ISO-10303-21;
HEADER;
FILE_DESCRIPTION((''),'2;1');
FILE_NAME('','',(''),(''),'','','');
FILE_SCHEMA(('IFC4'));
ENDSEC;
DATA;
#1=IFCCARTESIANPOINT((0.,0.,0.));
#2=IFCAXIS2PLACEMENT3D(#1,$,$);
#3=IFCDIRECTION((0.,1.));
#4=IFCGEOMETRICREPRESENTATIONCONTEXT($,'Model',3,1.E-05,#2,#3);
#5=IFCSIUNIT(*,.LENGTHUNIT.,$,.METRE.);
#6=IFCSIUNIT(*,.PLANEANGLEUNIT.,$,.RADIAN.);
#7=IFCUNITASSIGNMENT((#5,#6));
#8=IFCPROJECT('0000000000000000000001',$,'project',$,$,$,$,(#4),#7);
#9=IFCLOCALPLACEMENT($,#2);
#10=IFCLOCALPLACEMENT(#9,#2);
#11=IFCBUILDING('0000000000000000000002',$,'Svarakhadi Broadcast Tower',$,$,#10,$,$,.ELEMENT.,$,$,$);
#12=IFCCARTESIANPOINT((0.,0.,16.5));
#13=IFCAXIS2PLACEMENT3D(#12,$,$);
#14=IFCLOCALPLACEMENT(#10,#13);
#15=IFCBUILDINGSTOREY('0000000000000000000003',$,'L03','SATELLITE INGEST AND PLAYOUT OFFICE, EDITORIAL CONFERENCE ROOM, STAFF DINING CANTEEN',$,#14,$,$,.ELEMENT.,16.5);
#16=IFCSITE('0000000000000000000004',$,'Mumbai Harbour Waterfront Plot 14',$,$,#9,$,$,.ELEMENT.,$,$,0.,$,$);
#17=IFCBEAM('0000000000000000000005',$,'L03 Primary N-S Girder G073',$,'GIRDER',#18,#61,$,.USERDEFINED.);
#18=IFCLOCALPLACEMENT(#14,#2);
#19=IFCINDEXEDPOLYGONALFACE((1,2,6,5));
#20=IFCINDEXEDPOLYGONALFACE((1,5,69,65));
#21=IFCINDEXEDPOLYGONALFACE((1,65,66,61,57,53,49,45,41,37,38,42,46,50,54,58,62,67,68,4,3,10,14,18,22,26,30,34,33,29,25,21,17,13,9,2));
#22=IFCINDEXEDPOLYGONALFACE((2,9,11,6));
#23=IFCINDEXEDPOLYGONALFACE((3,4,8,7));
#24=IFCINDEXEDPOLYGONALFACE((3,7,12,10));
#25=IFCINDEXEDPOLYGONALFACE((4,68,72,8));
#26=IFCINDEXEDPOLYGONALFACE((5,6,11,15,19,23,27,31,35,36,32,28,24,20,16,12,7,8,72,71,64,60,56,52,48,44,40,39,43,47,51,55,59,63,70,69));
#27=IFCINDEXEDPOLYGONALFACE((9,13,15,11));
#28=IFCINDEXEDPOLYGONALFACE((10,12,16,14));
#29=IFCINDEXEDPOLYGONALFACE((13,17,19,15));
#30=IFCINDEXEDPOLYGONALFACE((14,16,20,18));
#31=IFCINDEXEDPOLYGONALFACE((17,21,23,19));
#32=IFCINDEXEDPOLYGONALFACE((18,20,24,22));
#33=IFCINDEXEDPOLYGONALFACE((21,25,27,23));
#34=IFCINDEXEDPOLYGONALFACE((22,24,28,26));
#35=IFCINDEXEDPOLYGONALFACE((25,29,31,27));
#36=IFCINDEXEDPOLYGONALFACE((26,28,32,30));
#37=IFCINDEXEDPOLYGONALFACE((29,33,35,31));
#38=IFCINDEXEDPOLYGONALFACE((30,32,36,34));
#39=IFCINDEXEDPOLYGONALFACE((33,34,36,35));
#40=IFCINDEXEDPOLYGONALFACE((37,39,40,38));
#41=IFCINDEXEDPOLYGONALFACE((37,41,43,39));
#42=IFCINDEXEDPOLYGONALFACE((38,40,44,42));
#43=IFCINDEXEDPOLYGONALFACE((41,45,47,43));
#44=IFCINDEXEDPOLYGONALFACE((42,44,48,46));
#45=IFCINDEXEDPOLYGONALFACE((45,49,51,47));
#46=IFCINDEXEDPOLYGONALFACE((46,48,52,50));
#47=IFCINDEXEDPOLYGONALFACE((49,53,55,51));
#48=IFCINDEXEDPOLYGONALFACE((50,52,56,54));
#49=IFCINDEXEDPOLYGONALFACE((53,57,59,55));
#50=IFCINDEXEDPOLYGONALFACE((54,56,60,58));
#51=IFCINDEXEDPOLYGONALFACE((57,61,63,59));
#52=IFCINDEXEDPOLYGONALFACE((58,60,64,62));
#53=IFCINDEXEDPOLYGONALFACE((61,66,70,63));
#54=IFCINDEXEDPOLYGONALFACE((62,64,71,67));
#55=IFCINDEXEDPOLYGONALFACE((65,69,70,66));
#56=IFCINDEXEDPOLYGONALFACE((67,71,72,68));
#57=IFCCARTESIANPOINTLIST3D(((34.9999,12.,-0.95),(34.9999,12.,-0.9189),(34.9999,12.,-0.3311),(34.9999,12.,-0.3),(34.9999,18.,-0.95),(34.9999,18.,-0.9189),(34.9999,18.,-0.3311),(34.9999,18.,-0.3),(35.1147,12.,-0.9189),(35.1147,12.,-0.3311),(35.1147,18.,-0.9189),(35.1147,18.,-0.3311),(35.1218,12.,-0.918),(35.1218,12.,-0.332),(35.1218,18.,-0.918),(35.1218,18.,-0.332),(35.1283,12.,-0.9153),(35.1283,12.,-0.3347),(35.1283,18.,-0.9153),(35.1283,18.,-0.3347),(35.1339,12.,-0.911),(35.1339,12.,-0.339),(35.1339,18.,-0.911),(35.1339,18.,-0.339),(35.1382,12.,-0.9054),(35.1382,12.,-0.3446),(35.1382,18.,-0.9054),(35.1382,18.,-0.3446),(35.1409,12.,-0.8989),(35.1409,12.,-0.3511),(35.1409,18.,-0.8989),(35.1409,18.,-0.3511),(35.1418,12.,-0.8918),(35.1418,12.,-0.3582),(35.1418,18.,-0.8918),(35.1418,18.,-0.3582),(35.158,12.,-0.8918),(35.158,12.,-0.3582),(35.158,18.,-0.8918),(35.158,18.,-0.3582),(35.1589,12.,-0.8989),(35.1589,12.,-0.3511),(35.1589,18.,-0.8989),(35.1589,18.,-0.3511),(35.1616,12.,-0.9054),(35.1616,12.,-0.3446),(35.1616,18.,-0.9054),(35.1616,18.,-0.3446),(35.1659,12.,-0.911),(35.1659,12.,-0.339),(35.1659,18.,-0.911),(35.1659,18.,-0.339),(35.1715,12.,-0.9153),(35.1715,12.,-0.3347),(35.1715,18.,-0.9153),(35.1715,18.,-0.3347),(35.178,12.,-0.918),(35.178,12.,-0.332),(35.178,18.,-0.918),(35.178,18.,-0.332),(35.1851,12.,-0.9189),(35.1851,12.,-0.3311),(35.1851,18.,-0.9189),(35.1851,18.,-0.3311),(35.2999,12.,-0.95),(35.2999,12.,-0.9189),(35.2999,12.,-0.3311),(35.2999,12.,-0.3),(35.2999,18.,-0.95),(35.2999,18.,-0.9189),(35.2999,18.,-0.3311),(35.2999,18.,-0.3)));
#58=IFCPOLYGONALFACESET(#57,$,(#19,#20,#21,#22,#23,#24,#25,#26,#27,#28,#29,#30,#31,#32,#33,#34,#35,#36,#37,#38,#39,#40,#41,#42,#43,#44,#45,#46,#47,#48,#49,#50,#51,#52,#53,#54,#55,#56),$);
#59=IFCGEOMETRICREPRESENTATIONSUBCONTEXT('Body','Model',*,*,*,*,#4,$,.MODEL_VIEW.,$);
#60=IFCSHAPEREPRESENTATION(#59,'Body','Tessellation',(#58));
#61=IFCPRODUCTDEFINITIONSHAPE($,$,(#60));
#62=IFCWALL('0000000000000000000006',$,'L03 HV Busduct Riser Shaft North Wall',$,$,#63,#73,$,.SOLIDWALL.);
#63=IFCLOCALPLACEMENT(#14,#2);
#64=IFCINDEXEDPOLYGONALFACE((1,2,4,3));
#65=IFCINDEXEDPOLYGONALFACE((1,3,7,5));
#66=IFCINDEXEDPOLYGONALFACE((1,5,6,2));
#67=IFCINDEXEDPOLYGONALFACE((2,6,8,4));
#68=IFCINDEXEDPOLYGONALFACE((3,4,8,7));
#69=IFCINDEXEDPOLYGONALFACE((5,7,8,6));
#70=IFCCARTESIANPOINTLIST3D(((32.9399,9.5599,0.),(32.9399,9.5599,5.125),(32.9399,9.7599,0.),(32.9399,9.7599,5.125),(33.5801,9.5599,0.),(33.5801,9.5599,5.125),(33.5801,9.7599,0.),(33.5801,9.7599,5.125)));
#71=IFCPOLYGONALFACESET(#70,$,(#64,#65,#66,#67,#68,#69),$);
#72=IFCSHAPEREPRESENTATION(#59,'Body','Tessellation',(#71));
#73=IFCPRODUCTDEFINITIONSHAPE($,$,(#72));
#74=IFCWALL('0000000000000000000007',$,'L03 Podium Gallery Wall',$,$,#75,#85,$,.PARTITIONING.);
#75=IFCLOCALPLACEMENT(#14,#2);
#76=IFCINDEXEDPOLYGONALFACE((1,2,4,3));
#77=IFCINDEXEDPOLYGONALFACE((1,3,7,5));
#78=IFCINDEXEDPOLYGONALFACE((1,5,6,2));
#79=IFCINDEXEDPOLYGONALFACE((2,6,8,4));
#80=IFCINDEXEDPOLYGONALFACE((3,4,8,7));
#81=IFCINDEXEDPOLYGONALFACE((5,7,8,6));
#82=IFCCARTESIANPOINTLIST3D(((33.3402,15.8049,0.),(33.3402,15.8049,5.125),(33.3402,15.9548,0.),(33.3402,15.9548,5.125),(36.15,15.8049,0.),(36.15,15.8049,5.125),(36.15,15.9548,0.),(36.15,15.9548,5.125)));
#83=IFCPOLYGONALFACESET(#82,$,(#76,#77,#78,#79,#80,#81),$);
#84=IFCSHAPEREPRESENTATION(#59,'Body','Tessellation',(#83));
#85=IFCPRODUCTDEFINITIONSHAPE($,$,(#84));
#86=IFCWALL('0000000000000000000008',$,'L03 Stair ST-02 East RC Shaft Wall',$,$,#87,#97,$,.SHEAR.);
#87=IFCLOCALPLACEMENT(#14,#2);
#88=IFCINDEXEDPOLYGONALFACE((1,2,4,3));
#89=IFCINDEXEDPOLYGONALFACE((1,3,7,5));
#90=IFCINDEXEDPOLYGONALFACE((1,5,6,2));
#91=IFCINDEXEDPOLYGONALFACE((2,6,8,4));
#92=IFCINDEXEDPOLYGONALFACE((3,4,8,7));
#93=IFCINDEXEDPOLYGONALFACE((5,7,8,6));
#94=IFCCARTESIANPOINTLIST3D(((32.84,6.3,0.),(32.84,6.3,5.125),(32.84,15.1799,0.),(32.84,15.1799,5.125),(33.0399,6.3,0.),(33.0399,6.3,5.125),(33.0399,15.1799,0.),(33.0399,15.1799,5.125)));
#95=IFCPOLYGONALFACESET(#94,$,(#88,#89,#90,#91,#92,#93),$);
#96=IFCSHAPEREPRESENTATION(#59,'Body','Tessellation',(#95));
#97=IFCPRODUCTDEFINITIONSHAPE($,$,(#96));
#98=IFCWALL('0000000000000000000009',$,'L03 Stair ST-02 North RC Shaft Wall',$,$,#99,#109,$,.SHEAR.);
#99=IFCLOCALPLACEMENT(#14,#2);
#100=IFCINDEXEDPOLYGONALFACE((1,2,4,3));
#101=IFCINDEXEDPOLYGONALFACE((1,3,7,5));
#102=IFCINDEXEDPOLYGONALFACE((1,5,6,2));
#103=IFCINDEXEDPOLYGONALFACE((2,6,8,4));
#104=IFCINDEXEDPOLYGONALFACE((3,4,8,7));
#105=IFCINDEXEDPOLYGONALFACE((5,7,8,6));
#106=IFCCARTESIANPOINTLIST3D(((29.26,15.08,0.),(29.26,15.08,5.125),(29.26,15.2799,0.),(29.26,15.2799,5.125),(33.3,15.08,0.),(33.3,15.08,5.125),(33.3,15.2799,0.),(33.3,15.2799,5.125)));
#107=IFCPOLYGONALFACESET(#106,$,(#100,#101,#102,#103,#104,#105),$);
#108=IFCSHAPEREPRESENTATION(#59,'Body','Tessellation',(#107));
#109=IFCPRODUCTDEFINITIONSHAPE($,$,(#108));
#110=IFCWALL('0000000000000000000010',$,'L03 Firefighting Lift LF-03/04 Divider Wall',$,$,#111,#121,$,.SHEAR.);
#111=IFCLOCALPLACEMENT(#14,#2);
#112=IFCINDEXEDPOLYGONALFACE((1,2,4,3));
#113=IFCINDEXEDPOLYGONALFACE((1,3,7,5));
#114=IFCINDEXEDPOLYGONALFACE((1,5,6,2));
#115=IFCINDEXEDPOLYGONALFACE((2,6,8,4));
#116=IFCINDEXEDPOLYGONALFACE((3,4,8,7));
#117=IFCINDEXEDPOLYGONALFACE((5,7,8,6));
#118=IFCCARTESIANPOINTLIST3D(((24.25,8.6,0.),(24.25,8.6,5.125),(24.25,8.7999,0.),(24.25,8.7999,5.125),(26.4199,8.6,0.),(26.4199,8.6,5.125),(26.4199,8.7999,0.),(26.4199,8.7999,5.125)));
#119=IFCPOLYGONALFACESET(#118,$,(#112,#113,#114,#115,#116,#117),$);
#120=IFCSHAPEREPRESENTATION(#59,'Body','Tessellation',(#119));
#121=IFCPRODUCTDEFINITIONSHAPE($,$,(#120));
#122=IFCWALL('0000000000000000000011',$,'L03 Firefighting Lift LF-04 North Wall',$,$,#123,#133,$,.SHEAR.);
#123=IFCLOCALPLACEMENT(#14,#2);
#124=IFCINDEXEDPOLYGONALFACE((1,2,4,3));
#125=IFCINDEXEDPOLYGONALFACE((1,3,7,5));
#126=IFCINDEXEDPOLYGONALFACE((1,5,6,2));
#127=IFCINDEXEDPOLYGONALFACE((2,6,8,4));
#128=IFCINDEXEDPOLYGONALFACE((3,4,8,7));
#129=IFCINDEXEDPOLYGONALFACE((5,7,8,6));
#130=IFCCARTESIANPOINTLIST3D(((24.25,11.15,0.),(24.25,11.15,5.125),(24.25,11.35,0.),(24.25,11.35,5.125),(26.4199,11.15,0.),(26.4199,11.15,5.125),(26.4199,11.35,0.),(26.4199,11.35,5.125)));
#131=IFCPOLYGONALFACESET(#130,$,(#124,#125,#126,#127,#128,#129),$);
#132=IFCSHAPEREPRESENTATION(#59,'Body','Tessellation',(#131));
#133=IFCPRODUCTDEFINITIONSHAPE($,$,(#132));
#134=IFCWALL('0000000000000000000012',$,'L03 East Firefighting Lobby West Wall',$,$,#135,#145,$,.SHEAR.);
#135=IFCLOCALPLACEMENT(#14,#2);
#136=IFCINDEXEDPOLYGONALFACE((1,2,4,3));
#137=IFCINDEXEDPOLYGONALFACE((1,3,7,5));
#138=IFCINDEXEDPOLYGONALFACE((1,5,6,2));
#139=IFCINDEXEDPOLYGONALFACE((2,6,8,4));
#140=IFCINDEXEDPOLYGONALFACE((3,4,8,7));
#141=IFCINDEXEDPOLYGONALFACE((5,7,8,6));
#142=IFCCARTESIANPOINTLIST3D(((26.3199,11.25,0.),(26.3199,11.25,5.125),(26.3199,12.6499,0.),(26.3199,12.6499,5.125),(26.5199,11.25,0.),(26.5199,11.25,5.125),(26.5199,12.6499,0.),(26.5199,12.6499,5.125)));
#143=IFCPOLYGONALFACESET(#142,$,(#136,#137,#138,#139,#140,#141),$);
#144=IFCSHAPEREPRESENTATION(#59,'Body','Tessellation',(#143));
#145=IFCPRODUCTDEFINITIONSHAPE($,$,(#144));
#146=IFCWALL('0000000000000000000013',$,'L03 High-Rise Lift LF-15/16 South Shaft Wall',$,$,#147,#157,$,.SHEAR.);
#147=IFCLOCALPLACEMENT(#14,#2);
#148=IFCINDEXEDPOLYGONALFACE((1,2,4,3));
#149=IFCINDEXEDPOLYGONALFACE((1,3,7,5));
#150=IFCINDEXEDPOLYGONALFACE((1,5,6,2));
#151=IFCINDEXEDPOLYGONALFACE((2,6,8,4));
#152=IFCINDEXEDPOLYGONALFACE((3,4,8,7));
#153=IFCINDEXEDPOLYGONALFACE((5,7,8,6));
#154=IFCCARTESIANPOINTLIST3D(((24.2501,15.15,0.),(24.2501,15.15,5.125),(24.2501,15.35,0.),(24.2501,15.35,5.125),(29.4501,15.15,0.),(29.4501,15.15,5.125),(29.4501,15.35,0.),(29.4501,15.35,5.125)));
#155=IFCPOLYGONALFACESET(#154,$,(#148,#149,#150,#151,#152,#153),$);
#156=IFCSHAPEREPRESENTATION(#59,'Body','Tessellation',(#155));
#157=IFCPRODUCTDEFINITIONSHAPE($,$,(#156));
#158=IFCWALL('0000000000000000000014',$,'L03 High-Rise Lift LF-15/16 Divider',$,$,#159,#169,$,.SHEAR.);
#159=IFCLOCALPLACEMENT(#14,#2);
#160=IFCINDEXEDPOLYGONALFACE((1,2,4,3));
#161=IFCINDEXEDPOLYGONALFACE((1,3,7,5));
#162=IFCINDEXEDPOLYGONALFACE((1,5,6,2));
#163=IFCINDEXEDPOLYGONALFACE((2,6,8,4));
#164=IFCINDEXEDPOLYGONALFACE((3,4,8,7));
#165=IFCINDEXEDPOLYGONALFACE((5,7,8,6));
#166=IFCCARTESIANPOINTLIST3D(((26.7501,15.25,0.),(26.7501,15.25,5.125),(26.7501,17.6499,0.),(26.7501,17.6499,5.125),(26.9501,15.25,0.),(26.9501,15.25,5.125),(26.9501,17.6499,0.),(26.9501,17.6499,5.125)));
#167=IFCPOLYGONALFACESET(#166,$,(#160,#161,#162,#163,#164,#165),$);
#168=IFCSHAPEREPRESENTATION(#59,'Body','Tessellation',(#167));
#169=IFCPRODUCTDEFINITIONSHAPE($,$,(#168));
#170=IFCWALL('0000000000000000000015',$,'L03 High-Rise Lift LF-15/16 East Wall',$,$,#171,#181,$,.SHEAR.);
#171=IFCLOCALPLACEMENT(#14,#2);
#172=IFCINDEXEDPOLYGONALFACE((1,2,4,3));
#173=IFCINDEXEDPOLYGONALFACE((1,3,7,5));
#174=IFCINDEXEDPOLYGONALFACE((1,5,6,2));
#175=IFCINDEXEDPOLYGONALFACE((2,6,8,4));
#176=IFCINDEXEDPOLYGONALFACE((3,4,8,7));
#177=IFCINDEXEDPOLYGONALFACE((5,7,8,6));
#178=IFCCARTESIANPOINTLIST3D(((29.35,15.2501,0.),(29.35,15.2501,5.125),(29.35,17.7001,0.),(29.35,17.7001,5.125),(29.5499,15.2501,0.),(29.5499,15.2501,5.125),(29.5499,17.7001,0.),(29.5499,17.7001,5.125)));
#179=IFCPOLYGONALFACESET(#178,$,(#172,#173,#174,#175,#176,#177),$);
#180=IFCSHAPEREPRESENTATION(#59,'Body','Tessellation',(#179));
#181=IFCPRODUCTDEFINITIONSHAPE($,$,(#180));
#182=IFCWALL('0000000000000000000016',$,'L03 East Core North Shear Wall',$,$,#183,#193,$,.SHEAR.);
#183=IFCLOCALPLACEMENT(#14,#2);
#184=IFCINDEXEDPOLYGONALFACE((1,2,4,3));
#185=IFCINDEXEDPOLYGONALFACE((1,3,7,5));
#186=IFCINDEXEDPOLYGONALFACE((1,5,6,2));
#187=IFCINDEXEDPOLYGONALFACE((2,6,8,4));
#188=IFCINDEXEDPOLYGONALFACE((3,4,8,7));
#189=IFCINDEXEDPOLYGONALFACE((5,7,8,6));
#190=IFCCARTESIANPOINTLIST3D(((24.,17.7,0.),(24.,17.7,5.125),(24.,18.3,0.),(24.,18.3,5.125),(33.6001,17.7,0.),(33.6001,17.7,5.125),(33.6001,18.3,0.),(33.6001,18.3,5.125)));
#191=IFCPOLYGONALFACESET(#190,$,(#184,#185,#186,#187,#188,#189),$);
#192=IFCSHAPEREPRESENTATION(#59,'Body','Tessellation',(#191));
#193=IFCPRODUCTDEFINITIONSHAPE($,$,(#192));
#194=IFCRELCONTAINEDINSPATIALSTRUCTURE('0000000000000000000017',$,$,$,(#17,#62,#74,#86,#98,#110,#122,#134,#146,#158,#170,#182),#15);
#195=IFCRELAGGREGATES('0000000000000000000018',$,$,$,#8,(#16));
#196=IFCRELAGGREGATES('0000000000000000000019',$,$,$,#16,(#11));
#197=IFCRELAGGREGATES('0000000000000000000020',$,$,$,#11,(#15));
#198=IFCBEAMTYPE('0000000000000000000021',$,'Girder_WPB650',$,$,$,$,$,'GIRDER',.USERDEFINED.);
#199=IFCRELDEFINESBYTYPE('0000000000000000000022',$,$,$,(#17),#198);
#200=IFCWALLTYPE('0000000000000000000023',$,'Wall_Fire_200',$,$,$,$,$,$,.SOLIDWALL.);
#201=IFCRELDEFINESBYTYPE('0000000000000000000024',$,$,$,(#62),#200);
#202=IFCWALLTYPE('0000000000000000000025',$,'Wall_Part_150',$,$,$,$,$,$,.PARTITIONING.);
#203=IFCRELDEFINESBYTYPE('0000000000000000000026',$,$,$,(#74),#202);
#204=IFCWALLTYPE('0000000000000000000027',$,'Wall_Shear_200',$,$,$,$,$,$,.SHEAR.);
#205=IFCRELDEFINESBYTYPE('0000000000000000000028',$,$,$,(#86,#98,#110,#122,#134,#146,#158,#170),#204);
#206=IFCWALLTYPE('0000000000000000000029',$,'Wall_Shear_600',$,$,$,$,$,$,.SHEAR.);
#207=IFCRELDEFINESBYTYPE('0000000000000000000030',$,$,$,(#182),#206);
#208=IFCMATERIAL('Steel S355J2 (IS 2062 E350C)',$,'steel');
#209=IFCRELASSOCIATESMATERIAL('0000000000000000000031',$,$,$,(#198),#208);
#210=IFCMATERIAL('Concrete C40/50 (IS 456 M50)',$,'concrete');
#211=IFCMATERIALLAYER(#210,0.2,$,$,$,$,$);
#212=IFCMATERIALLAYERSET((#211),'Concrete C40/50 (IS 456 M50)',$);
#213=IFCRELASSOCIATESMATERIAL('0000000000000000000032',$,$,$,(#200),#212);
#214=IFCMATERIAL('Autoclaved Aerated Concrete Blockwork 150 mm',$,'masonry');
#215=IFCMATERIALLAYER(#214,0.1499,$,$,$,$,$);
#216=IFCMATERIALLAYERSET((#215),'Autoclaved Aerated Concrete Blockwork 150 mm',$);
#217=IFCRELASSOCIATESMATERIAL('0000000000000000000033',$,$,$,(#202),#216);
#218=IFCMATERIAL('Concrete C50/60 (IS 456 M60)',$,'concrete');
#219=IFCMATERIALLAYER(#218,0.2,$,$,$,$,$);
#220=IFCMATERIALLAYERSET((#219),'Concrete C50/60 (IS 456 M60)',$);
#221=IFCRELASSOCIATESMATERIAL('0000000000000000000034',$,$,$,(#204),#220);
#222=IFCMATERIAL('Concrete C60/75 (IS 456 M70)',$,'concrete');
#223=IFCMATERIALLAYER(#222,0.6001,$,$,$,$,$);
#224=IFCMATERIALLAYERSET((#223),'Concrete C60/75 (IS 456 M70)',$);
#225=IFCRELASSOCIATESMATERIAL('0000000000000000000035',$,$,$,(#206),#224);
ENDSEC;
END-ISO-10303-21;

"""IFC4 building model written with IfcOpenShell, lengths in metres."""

from ifc_helpers import new_model, si_unit, direction, frame, frame_2d, origin, origin_2d, place, context, subcontext, project, spatial, rectangle, i_section, extrude, material, layer, layer_set, material_profile, profile_set, type_object, element, save


model = new_model("IFC4")

# Units and contexts
model_context = context("Model", 3, precision=1e-05, world=origin(), true_north=direction((0.0, 1.0)))
body_context = subcontext(model_context, "Body", "Model", "MODEL_VIEW")
ifc_project = project(units=[si_unit("LENGTHUNIT", "METRE"), si_unit("PLANEANGLEUNIT", "RADIAN")], contexts=[model_context])

# Site, building, storey
site_placement = place(None, origin())
site = spatial("IfcSite", under=ifc_project, at=site_placement, Name="Mumbai Harbour Waterfront Plot 14", CompositionType="ELEMENT", RefElevation=0.0)
building_placement = place(site_placement, origin())
building = spatial("IfcBuilding", under=site, at=building_placement, Name="Svarakhadi Broadcast Tower", CompositionType="ELEMENT")
storey_placement = place(building_placement, frame((0.0, 0.0, 16.5)))
storey = spatial("IfcBuildingStorey", under=building, at=storey_placement, Name="L03", Description="SATELLITE INGEST AND PLAYOUT OFFICE, EDITORIAL CONFERENCE ROOM, STAFF DINING CANTEEN", CompositionType="ELEMENT", Elevation=16.5)

# Shared definitions
ifc_material_1 = material(Name="Concrete C60/75 (IS 456 M70)", Category="concrete")

# Beam
ifc_material_2 = material(Name="Steel S355J2 (IS 2062 E350C)", Category="steel")
ifc_material_3 = material(Name="Concrete C50/60 (IS 456 M60)", Category="concrete")
ifc_material_profile_1 = material_profile(ifc_material_2, i_section(OverallWidth=0.3, OverallDepth=0.6499, WebThickness=0.0161, FlangeThickness=0.031, FilletRadius=0.0271, at=origin_2d()), Name="WPB 650x300x225")
ifc_profile_set_1 = profile_set([ifc_material_profile_1], Name="Steel S355J2 (IS 2062 E350C)")
beam_type_1 = type_object("IfcBeamType", Name="Girder_WPB650", ElementType="GIRDER", PredefinedType="USERDEFINED", material=ifc_profile_set_1)
beam_1_placement = place(storey_placement, frame((35.1499, 12.0, -0.625), z_axis=(0.0, 1.0, 0.0), x_axis=(-1.0, 0.0, 0.0)))
element("IfcBeam", 1, at=beam_1_placement, inside=storey, type_object=beam_type_1, Name="L03 Primary N-S Girder G073", ObjectType="GIRDER", PredefinedType="USERDEFINED", context=body_context, shape_type="SweptSolid", body=[
    extrude(i_section(OverallWidth=0.3, OverallDepth=0.6499, WebThickness=0.0161, FlangeThickness=0.031, FilletRadius=0.0271, at=origin_2d()), origin(), (0.0, 0.0, 1.0), 6.0),
])

# Wall
ifc_material_4 = material(Name="Concrete C40/50 (IS 456 M50)", Category="concrete")
ifc_layer_1 = layer(ifc_material_4, 0.2)
ifc_layer_set_1 = layer_set([ifc_layer_1], Name="Concrete C40/50 (IS 456 M50)")
wall_type_1 = type_object("IfcWallType", Name="Wall_Fire_200", PredefinedType="SOLIDWALL", material=ifc_layer_set_1)
wall_1_placement = place(storey_placement, frame((32.9399, 9.6599, 0.0), z_axis=(0.0, 0.0, 1.0), x_axis=(1.0, 0.0, 0.0)))
element("IfcWall", 2, at=wall_1_placement, inside=storey, type_object=wall_type_1, Name="L03 HV Busduct Riser Shaft North Wall", PredefinedType="SOLIDWALL", context=body_context, shape_type="SweptSolid", body=[
    extrude(rectangle(XDim=0.6401, YDim=0.2, at=frame_2d((0.3201, 0.0))), origin(), (0.0, 0.0, 1.0), 5.125),
])

# Shared definitions
ifc_material_5 = material(Name="Autoclaved Aerated Concrete Blockwork 150 mm", Category="masonry")
ifc_layer_2 = layer(ifc_material_5, 0.1499)
ifc_layer_set_2 = layer_set([ifc_layer_2], Name="Autoclaved Aerated Concrete Blockwork 150 mm")
wall_type_2 = type_object("IfcWallType", Name="Wall_Part_150", PredefinedType="PARTITIONING", material=ifc_layer_set_2)

# Walls
wall_2_placement = place(storey_placement, frame((36.1499, 15.8799, 0.0), z_axis=(0.0, 0.0, 1.0), x_axis=(-1.0, 0.0, 0.0)))
element("IfcWall", 3, at=wall_2_placement, inside=storey, type_object=wall_type_2, Name="L03 Podium Gallery Wall", PredefinedType="PARTITIONING", context=body_context, shape_type="SweptSolid", body=[
    extrude(rectangle(XDim=2.8098, YDim=0.1499, at=frame_2d((1.4048, 0.0))), origin(), (0.0, 0.0, 1.0), 5.125),
])
ifc_layer_3 = layer(ifc_material_3, 0.2)
ifc_layer_set_3 = layer_set([ifc_layer_3], Name="Concrete C50/60 (IS 456 M60)")
wall_type_3 = type_object("IfcWallType", Name="Wall_Shear_200", PredefinedType="SHEAR", material=ifc_layer_set_3)
wall_3_placement = place(storey_placement, frame((32.9399, 6.3, 0.0), z_axis=(0.0, 0.0, 1.0), x_axis=(0.0, 1.0, 0.0)))
element("IfcWall", 4, at=wall_3_placement, inside=storey, type_object=wall_type_3, Name="L03 Stair ST-02 East RC Shaft Wall", PredefinedType="SHEAR", context=body_context, shape_type="SweptSolid", body=[
    extrude(rectangle(XDim=8.8799, YDim=0.2, at=frame_2d((4.4399, 0.0))), origin(), (0.0, 0.0, 1.0), 5.125),
])
wall_4_placement = place(storey_placement, frame((29.26, 15.1799, 0.0), z_axis=(0.0, 0.0, 1.0), x_axis=(1.0, 0.0, 0.0)))
element("IfcWall", 5, at=wall_4_placement, inside=storey, type_object=wall_type_3, Name="L03 Stair ST-02 North RC Shaft Wall", PredefinedType="SHEAR", context=body_context, shape_type="SweptSolid", body=[
    extrude(rectangle(XDim=4.04, YDim=0.2, at=frame_2d((2.02, 0.0))), origin(), (0.0, 0.0, 1.0), 5.125),
])
for number, where, z_axis, x_axis, name in (
    (6, (24.25, 8.7, 0.0), (0.0, 0.0, 1.0), (1.0, 0.0, 0.0), "L03 Firefighting Lift LF-03/04 Divider Wall"),
    (7, (24.25, 11.25, 0.0), (0.0, 0.0, 1.0), (1.0, 0.0, 0.0), "L03 Firefighting Lift LF-04 North Wall"),
):
    element("IfcWall", number, at=place(storey_placement, frame(where, z_axis=z_axis, x_axis=x_axis)), inside=storey, type_object=wall_type_3, Name=name, PredefinedType="SHEAR", context=body_context, shape_type="SweptSolid", body=[
        extrude(rectangle(XDim=2.1699, YDim=0.2, at=frame_2d((1.085, 0.0))), origin(), (0.0, 0.0, 1.0), 5.125),
    ])
wall_5_placement = place(storey_placement, frame((26.4199, 11.25, 0.0), z_axis=(0.0, 0.0, 1.0), x_axis=(0.0, 1.0, 0.0)))
element("IfcWall", 8, at=wall_5_placement, inside=storey, type_object=wall_type_3, Name="L03 East Firefighting Lobby West Wall", PredefinedType="SHEAR", context=body_context, shape_type="SweptSolid", body=[
    extrude(rectangle(XDim=1.3999, YDim=0.2, at=frame_2d((0.7, 0.0))), origin(), (0.0, 0.0, 1.0), 5.125),
])

# Walls
wall_6_placement = place(storey_placement, frame((24.25, 15.25, 0.0), z_axis=(0.0, 0.0, 1.0), x_axis=(1.0, 0.0, 0.0)))
element("IfcWall", 9, at=wall_6_placement, inside=storey, type_object=wall_type_3, Name="L03 High-Rise Lift LF-15/16 South Shaft Wall", PredefinedType="SHEAR", context=body_context, shape_type="SweptSolid", body=[
    extrude(rectangle(XDim=5.2, YDim=0.2, at=frame_2d((2.6001, 0.0))), origin(), (0.0, 0.0, 1.0), 5.125),
])
wall_7_placement = place(storey_placement, frame((26.8501, 15.25, 0.0), z_axis=(0.0, 0.0, 1.0), x_axis=(0.0, 1.0, 0.0)))
element("IfcWall", 10, at=wall_7_placement, inside=storey, type_object=wall_type_3, Name="L03 High-Rise Lift LF-15/16 Divider", PredefinedType="SHEAR", context=body_context, shape_type="SweptSolid", body=[
    extrude(rectangle(XDim=2.3999, YDim=0.2, at=frame_2d((1.2, 0.0))), origin(), (0.0, 0.0, 1.0), 5.125),
])
wall_8_placement = place(storey_placement, frame((29.45, 15.25, 0.0), z_axis=(0.0, 0.0, 1.0), x_axis=(0.0, 1.0, 0.0)))
element("IfcWall", 11, at=wall_8_placement, inside=storey, type_object=wall_type_3, Name="L03 High-Rise Lift LF-15/16 East Wall", PredefinedType="SHEAR", context=body_context, shape_type="SweptSolid", body=[
    extrude(rectangle(XDim=2.45, YDim=0.2, at=frame_2d((1.2251, 0.0))), origin(), (0.0, 0.0, 1.0), 5.125),
])
ifc_layer_4 = layer(ifc_material_1, 0.6001)
ifc_layer_set_4 = layer_set([ifc_layer_4], Name="Concrete C60/75 (IS 456 M70)")
wall_type_4 = type_object("IfcWallType", Name="Wall_Shear_600", PredefinedType="SHEAR", material=ifc_layer_set_4)
wall_9_placement = place(storey_placement, frame((24.0, 18.0, 0.0), z_axis=(0.0, 0.0, 1.0), x_axis=(1.0, 0.0, 0.0)))
element("IfcWall", 12, at=wall_9_placement, inside=storey, type_object=wall_type_4, Name="L03 East Core North Shear Wall", PredefinedType="SHEAR", context=body_context, shape_type="SweptSolid", body=[
    extrude(rectangle(XDim=9.6001, YDim=0.6001, at=frame_2d((4.8, 0.0))), origin(), (0.0, 0.0, 1.0), 5.125),
])

save(model, "model.ifc")
